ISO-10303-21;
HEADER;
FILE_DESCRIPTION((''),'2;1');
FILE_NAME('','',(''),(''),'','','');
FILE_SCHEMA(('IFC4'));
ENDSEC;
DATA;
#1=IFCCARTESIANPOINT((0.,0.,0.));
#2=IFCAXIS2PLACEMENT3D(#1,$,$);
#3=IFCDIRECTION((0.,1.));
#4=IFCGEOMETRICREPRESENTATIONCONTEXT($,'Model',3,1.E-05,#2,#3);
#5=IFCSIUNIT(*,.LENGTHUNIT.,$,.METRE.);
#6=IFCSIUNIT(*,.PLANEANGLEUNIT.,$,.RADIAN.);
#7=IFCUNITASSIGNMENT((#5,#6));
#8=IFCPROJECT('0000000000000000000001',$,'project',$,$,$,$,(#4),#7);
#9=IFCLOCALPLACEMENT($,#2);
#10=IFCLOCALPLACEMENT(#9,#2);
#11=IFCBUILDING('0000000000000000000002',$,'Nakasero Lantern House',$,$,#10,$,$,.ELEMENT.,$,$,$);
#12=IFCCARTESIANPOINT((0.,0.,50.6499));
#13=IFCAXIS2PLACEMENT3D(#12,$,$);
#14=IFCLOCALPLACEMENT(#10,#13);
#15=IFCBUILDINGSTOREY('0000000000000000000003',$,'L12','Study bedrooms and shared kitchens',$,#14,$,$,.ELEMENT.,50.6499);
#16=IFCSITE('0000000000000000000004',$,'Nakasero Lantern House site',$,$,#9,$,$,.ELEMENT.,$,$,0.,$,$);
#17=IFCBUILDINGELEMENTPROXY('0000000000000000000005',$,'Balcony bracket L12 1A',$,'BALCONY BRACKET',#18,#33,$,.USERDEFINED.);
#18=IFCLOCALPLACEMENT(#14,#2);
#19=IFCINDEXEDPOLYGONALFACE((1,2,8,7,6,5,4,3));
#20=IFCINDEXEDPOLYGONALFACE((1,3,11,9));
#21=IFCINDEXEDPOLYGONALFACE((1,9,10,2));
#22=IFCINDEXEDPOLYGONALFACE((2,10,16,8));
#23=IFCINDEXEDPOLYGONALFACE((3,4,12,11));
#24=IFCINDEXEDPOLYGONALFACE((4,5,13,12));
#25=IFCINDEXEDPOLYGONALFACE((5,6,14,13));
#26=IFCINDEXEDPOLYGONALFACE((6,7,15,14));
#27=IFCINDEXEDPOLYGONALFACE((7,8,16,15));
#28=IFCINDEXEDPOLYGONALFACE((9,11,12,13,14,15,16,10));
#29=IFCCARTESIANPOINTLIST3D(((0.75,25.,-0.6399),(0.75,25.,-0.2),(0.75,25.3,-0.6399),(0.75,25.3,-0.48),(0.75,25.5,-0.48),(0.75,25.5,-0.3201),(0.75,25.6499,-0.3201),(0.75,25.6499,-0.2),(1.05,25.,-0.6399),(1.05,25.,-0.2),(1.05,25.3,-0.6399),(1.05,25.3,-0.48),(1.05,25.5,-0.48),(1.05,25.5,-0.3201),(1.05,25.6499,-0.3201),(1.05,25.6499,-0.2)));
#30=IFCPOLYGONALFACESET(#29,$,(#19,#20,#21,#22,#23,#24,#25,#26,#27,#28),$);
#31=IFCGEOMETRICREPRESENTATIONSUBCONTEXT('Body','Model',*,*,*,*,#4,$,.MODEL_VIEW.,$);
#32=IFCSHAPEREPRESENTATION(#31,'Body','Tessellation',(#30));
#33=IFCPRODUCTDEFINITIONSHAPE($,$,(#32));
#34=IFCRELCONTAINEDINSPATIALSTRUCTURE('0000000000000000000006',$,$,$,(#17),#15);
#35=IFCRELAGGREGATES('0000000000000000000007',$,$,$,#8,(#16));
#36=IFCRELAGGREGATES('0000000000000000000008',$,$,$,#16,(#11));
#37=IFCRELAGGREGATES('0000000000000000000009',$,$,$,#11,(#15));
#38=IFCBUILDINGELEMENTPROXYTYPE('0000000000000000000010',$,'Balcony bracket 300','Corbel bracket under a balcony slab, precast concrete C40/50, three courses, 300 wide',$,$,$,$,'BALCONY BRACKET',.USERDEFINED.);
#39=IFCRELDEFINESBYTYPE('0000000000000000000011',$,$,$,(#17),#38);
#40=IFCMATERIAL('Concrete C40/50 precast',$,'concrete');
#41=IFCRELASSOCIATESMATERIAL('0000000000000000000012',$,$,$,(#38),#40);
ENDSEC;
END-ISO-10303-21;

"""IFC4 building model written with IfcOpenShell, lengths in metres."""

from ifc_helpers import new_model, si_unit, direction, frame, origin, place, context, subcontext, project, spatial, polyline, outline, extrude, material, type_object, element, save


model = new_model("IFC4")

# Units and contexts
model_context = context("Model", 3, precision=1e-05, world=origin(), true_north=direction((0.0, 1.0)))
body_context = subcontext(model_context, "Body", "Model", "MODEL_VIEW")
ifc_project = project(units=[si_unit("LENGTHUNIT", "METRE"), si_unit("PLANEANGLEUNIT", "RADIAN")], contexts=[model_context])

# Site, building, storey
site_placement = place(None, origin())
site = spatial("IfcSite", under=ifc_project, at=site_placement, Name="Nakasero Lantern House site", CompositionType="ELEMENT", RefElevation=0.0)
building_placement = place(site_placement, origin())
building = spatial("IfcBuilding", under=site, at=building_placement, Name="Nakasero Lantern House", CompositionType="ELEMENT")
storey_placement = place(building_placement, frame((0.0, 0.0, 50.6499)))
storey = spatial("IfcBuildingStorey", under=building, at=storey_placement, Name="L12", Description="Study bedrooms and shared kitchens", CompositionType="ELEMENT", Elevation=50.6499)

# Building element proxy
ifc_material_1 = material(Name="Concrete C40/50 precast", Category="concrete")
building_element_proxy_type = type_object("IfcBuildingElementProxyType", Name="Balcony bracket 300", Description="Corbel bracket under a balcony slab, precast concrete C40/50, three courses, 300 wide", ElementType="BALCONY BRACKET", PredefinedType="USERDEFINED", material=ifc_material_1)
proxy_placement = place(storey_placement, frame((0.8999, 25.0, -0.2), z_axis=(0.0, 0.0, 1.0), x_axis=(0.0, 1.0, 0.0)))
element("IfcBuildingElementProxy", 1, at=proxy_placement, inside=storey, type_object=building_element_proxy_type, Name="Balcony bracket L12 1A", ObjectType="BALCONY BRACKET", PredefinedType="USERDEFINED", context=body_context, shape_type="SweptSolid", body=[
    extrude(outline(polyline([(0.0, 0.0), (0.6499, 0.0), (0.6499, -0.1201), (0.5, -0.1201), (0.5, -0.28), (0.3, -0.28), (0.3, -0.4399), (0.0, -0.4399), (0.0, 0.0)])), frame((0.0, 0.1499, 0.0), z_axis=(0.0, -1.0, 0.0), x_axis=(1.0, 0.0, 0.0)), (0.0, 0.0, 1.0), 0.3),
])

save(model, "model.ifc")
